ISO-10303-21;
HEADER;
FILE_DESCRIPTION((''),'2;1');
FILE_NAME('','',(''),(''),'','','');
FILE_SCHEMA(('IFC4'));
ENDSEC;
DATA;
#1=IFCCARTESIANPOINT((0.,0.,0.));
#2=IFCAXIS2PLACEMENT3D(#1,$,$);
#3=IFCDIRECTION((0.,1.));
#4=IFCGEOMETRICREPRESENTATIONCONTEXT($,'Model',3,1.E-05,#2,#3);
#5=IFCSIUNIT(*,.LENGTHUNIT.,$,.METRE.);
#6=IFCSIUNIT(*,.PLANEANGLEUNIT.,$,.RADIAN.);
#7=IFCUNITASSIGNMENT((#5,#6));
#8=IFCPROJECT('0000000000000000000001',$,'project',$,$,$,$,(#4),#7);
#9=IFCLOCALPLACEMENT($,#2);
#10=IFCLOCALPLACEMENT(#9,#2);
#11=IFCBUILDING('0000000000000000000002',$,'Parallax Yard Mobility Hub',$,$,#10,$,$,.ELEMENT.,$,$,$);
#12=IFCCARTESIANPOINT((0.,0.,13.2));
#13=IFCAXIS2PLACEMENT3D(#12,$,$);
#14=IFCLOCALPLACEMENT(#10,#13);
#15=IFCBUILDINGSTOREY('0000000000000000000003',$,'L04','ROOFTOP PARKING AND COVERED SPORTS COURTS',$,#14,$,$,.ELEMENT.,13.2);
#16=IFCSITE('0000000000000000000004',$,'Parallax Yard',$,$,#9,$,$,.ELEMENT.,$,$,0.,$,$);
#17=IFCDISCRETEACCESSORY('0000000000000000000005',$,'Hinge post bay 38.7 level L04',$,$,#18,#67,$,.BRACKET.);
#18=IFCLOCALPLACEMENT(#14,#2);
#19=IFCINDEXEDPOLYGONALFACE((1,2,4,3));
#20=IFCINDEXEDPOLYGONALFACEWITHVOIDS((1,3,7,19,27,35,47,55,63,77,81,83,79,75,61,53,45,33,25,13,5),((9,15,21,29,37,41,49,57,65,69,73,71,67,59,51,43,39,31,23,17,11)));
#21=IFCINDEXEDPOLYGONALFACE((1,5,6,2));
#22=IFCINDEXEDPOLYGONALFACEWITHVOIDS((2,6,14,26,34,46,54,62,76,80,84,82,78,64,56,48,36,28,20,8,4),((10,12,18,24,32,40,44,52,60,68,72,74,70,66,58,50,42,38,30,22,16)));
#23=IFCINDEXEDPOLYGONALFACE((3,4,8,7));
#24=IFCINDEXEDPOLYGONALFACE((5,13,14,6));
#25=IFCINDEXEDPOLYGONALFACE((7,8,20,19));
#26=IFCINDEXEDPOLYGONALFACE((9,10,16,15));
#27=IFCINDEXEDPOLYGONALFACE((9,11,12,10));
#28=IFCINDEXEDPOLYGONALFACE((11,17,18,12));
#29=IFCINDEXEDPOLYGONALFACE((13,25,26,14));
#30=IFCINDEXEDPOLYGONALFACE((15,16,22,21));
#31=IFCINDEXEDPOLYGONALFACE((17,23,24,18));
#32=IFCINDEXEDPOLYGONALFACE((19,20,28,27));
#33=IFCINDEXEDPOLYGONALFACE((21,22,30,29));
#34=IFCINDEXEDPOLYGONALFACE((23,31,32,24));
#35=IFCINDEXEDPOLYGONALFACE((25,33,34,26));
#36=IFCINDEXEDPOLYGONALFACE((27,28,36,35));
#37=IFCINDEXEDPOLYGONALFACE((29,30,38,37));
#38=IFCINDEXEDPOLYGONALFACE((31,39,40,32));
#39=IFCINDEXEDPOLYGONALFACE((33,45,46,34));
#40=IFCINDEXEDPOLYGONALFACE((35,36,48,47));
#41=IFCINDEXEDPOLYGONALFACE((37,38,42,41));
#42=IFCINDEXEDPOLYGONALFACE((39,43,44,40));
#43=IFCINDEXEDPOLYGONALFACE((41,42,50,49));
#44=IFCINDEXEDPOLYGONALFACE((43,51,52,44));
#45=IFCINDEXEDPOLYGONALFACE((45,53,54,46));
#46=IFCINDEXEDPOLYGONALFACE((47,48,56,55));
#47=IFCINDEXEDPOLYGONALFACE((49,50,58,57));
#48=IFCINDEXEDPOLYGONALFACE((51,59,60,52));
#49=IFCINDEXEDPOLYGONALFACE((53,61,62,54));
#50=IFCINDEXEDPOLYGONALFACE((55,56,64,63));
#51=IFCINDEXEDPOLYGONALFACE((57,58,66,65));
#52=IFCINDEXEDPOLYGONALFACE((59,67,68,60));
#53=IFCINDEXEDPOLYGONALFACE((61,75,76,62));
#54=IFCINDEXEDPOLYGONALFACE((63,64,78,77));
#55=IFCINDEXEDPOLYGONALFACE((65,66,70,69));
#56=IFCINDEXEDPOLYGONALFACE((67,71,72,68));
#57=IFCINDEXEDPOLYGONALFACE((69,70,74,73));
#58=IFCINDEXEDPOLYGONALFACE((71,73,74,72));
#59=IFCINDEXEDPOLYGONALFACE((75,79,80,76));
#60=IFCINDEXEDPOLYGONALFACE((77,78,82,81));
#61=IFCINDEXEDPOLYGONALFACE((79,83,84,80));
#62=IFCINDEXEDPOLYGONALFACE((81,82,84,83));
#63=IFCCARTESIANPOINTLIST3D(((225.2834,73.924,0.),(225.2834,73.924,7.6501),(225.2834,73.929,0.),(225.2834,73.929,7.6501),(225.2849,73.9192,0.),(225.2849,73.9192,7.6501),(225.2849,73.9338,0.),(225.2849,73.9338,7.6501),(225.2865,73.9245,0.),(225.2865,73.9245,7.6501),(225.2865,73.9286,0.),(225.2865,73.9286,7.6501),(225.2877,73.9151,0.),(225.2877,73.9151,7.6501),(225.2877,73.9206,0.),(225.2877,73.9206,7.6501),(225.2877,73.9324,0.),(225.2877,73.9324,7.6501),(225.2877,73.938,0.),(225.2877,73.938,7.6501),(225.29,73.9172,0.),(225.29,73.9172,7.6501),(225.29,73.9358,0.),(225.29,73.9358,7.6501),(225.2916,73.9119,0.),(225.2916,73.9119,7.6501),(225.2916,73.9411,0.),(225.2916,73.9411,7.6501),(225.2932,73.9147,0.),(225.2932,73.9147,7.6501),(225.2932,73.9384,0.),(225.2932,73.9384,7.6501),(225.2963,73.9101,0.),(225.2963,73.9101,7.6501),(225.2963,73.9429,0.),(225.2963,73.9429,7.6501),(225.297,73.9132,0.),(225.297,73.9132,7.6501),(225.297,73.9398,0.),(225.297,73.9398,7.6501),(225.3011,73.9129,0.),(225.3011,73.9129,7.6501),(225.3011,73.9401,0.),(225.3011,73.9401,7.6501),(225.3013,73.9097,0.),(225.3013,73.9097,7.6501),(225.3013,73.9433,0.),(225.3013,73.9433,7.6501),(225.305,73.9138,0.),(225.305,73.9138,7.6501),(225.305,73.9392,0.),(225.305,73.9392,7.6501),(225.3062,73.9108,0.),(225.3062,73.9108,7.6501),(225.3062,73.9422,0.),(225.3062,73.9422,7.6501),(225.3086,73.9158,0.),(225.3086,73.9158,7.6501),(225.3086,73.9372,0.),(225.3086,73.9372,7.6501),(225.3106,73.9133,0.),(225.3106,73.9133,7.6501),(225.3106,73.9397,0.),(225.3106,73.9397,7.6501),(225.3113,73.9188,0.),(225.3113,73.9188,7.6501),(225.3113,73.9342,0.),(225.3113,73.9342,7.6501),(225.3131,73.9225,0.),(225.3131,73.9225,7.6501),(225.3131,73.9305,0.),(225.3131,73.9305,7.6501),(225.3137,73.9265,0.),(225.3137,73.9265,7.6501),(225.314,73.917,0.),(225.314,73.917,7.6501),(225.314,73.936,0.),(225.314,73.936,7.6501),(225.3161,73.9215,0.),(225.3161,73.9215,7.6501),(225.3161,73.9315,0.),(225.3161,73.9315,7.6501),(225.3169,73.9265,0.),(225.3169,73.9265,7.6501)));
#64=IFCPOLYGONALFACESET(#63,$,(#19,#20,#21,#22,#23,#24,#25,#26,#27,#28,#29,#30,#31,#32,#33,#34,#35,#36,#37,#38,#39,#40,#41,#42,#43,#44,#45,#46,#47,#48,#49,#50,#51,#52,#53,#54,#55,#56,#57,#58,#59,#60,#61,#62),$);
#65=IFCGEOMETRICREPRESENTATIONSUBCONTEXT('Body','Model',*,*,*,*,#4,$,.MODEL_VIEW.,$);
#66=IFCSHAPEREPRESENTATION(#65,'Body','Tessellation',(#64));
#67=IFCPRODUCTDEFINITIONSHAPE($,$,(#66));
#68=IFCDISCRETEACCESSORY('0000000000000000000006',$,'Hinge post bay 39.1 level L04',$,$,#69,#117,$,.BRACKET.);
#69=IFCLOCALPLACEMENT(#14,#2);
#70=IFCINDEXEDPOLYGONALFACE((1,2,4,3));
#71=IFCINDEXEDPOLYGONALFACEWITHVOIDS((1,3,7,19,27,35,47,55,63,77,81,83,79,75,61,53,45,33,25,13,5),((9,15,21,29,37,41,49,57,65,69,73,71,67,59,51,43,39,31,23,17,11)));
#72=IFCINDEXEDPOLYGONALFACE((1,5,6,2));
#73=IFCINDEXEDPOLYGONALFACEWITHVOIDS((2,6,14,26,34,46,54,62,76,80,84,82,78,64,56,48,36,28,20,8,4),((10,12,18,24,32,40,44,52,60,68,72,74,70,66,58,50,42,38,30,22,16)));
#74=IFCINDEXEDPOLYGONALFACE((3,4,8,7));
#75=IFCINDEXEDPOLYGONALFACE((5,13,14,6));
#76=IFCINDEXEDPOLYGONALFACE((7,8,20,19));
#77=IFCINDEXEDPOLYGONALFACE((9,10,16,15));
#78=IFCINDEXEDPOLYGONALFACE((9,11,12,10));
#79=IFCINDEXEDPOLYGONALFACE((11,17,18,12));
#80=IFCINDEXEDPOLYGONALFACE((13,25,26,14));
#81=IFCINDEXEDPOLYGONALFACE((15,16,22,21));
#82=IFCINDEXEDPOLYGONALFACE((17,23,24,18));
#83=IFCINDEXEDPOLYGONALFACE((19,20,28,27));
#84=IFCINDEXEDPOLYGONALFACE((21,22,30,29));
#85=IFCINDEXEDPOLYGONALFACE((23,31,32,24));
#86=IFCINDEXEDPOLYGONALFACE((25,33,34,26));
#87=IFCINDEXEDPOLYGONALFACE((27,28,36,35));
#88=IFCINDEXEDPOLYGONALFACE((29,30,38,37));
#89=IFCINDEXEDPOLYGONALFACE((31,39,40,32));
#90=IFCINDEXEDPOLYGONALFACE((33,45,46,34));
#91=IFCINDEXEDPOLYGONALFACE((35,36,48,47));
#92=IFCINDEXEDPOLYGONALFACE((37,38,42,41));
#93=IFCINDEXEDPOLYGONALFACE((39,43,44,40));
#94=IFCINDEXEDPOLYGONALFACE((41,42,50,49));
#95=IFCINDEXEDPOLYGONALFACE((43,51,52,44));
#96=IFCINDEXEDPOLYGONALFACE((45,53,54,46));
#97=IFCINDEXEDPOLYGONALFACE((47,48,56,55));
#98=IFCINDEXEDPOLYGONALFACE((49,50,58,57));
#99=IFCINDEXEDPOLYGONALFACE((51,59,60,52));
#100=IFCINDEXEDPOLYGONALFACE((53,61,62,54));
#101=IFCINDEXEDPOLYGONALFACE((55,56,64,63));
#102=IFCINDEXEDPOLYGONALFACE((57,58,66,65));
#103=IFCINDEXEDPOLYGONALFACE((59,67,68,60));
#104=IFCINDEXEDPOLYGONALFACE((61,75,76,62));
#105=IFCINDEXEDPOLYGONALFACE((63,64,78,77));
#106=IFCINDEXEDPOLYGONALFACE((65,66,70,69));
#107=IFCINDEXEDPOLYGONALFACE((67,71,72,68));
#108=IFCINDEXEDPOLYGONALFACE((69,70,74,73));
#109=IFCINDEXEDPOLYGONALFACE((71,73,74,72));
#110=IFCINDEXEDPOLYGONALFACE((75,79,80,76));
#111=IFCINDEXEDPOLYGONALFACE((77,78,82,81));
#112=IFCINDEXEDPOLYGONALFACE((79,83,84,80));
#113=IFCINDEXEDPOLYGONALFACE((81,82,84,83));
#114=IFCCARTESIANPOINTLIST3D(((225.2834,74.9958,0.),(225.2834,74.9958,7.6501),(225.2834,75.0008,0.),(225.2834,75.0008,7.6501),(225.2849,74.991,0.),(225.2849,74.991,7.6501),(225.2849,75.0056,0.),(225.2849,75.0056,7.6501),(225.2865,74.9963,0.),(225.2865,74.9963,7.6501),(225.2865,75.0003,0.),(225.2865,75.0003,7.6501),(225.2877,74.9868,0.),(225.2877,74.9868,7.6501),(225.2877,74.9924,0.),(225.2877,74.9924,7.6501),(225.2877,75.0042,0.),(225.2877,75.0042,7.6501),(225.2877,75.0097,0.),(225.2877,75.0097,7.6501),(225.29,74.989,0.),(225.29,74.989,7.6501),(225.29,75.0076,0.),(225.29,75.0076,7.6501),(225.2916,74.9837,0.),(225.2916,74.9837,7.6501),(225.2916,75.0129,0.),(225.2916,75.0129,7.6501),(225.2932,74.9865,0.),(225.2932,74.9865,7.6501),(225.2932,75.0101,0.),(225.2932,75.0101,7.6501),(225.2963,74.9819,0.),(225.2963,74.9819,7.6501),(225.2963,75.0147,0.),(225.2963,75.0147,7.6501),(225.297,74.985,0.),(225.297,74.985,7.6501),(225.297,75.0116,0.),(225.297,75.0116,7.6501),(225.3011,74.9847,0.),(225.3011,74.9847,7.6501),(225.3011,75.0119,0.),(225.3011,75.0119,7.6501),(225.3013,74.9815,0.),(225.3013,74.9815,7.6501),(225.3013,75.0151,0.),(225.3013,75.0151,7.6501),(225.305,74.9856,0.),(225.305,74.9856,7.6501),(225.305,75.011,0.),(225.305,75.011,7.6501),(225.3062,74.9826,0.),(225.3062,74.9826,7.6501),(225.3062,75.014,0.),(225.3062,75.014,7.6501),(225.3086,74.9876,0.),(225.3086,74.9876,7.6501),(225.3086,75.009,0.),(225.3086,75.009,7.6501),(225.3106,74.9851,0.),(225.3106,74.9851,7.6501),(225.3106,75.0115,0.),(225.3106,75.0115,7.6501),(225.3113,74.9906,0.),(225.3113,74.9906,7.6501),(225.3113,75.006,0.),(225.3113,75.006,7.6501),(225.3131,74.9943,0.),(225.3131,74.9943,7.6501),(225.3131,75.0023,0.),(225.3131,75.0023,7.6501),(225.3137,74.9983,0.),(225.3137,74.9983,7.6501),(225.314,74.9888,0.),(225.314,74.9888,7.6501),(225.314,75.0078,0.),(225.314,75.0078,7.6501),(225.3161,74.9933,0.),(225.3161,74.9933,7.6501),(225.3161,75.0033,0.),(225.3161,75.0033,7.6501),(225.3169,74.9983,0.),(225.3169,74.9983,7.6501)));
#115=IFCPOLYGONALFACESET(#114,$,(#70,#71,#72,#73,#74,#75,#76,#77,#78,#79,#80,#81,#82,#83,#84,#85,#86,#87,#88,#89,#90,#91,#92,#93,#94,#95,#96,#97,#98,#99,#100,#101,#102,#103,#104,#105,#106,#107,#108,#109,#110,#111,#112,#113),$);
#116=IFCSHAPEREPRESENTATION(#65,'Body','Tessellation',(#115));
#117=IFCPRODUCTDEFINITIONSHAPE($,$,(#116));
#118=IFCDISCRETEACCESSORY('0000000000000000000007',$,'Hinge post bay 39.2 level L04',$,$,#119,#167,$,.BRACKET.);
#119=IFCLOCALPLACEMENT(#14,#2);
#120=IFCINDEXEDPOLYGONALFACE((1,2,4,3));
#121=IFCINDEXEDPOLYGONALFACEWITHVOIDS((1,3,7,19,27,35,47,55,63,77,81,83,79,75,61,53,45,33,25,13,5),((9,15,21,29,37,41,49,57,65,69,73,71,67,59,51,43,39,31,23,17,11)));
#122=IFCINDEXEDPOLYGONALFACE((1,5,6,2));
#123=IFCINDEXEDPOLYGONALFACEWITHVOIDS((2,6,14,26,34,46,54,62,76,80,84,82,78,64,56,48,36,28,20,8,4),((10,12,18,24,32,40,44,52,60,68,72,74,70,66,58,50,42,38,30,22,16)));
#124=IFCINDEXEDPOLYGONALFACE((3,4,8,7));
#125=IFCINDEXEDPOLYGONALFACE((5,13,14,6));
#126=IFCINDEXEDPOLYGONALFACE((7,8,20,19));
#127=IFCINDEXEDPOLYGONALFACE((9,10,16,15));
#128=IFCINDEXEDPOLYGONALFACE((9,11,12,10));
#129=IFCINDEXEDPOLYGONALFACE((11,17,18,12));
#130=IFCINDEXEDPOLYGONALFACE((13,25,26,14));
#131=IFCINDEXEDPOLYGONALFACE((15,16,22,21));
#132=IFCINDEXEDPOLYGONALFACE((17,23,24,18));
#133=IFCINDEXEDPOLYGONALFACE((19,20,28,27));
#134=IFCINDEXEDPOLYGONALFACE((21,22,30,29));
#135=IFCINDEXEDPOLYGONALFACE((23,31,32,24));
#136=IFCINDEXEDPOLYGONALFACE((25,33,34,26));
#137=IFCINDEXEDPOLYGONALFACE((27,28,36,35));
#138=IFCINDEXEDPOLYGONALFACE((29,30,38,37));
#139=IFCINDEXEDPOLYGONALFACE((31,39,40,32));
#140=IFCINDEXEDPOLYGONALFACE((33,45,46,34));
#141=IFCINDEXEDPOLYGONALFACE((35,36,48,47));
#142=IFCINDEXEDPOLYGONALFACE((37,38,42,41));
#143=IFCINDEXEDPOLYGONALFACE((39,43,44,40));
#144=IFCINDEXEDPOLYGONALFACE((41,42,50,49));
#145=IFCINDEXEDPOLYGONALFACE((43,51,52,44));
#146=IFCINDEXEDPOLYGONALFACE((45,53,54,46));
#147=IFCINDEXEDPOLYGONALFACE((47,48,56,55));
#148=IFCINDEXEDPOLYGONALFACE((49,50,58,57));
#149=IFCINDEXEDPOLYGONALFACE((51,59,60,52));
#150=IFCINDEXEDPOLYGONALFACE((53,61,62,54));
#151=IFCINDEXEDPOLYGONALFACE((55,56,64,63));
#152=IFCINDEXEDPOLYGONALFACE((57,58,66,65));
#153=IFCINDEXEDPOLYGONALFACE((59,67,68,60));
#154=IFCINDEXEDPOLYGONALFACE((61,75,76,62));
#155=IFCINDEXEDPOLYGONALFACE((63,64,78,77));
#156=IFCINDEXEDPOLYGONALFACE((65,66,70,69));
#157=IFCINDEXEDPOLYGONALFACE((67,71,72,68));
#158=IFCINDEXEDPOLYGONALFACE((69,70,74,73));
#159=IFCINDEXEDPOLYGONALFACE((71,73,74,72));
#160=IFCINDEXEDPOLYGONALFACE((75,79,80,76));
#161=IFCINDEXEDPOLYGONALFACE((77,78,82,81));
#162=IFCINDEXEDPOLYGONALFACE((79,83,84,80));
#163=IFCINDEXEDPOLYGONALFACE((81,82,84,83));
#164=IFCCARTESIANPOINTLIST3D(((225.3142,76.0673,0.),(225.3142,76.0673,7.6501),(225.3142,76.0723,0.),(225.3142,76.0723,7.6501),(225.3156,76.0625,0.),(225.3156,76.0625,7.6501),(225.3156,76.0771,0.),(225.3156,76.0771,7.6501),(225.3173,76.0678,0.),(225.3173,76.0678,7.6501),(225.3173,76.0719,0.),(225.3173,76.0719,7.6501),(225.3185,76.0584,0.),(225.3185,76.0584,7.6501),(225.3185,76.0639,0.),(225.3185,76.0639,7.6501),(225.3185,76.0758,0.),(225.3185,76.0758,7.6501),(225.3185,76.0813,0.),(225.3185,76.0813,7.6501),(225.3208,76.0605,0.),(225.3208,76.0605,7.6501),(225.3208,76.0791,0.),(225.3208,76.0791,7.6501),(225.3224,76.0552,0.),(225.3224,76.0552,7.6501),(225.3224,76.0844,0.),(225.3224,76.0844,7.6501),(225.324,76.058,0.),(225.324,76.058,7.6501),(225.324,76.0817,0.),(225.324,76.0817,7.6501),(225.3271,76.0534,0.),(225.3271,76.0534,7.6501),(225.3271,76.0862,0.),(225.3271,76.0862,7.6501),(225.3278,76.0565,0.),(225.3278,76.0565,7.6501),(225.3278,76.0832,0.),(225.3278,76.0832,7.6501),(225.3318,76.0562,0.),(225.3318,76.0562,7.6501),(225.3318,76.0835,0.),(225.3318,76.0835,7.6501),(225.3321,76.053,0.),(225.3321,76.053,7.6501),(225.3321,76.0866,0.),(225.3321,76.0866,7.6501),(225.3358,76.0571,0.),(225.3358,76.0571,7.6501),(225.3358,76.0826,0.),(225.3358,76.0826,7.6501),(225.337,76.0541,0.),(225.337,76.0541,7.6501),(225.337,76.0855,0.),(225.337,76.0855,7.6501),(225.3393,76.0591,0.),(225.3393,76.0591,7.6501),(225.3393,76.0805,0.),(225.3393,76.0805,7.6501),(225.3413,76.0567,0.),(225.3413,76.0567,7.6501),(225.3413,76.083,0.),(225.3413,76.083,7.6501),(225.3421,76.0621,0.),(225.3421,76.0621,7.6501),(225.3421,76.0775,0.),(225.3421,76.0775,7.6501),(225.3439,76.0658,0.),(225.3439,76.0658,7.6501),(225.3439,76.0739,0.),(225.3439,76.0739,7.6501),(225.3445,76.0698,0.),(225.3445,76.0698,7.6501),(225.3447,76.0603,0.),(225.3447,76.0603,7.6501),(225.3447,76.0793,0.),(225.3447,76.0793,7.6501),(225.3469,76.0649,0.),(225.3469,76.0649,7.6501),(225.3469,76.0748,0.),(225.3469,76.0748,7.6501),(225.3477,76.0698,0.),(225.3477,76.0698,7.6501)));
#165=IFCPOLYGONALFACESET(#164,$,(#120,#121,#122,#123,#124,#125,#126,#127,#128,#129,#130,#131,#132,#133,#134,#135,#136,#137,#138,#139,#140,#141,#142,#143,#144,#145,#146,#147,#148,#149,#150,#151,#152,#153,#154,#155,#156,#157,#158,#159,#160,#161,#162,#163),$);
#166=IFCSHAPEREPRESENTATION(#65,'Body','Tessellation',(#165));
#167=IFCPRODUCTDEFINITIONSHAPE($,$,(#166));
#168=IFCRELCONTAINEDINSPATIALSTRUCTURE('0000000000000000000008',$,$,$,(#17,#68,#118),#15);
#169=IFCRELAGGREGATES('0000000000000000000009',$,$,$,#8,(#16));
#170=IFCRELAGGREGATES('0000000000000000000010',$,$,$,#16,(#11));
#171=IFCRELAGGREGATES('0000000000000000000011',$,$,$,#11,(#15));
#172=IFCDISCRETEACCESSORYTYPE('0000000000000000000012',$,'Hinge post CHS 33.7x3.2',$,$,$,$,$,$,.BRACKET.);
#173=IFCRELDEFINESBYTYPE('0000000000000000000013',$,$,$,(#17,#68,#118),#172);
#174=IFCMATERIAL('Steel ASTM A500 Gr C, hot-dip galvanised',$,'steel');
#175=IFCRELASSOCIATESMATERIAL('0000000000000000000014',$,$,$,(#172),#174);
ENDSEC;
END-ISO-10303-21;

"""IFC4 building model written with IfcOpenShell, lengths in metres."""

from ifc_helpers import new_model, si_unit, direction, frame, origin, origin_2d, place, context, subcontext, project, spatial, hollow_circle, extrude, material, material_profile, profile_set, type_object, element, save


model = new_model("IFC4")

# Units and contexts
model_context = context("Model", 3, precision=1e-05, world=origin(), true_north=direction((0.0, 1.0)))
body_context = subcontext(model_context, "Body", "Model", "MODEL_VIEW")
ifc_project = project(units=[si_unit("LENGTHUNIT", "METRE"), si_unit("PLANEANGLEUNIT", "RADIAN")], contexts=[model_context])

# Site, building, storey
site_placement = place(None, origin())
site = spatial("IfcSite", under=ifc_project, at=site_placement, Name="Parallax Yard", CompositionType="ELEMENT", RefElevation=0.0)
building_placement = place(site_placement, origin())
building = spatial("IfcBuilding", under=site, at=building_placement, Name="Parallax Yard Mobility Hub", CompositionType="ELEMENT")
storey_placement = place(building_placement, frame((0.0, 0.0, 13.2)))
storey = spatial("IfcBuildingStorey", under=building, at=storey_placement, Name="L04", Description="ROOFTOP PARKING AND COVERED SPORTS COURTS", CompositionType="ELEMENT", Elevation=13.2)

# Discrete accessories
ifc_material_1 = material(Name="Steel ASTM A500 Gr C, hot-dip galvanised", Category="steel")
ifc_material_profile = material_profile(ifc_material_1, hollow_circle(Radius=0.0168, WallThickness=0.0032, at=origin_2d()), Name="CHS 33.7x3.2")
ifc_profile_set = profile_set([ifc_material_profile], Name="Steel ASTM A500 Gr C, hot-dip galvanised")
discrete_accessory_type_1 = type_object("IfcDiscreteAccessoryType", Name="Hinge post CHS 33.7x3.2", PredefinedType="BRACKET", material=ifc_profile_set)
for number, where, z_axis, x_axis, name in (
    (1, (225.3, 73.9265, 0.0), (0.0, 0.0, 1.0), (1.0, 0.0, 0.0), "Hinge post bay 38.7 level L04"),
    (2, (225.3, 74.9983, 0.0), (0.0, 0.0, 1.0), (1.0, 0.0, 0.0), "Hinge post bay 39.1 level L04"),
    (3, (225.3308, 76.0698, 0.0), (0.0, 0.0, 1.0), (1.0, 0.0, 0.0), "Hinge post bay 39.2 level L04"),
):
    element("IfcDiscreteAccessory", number, at=place(storey_placement, frame(where, z_axis=z_axis, x_axis=x_axis)), inside=storey, type_object=discrete_accessory_type_1, Name=name, PredefinedType="BRACKET", context=body_context, shape_type="SweptSolid", body=[
        extrude(hollow_circle(Radius=0.0168, WallThickness=0.0032, at=origin_2d()), origin(), (0.0, 0.0, 1.0), 7.6501),
    ])

save(model, "model.ifc")
